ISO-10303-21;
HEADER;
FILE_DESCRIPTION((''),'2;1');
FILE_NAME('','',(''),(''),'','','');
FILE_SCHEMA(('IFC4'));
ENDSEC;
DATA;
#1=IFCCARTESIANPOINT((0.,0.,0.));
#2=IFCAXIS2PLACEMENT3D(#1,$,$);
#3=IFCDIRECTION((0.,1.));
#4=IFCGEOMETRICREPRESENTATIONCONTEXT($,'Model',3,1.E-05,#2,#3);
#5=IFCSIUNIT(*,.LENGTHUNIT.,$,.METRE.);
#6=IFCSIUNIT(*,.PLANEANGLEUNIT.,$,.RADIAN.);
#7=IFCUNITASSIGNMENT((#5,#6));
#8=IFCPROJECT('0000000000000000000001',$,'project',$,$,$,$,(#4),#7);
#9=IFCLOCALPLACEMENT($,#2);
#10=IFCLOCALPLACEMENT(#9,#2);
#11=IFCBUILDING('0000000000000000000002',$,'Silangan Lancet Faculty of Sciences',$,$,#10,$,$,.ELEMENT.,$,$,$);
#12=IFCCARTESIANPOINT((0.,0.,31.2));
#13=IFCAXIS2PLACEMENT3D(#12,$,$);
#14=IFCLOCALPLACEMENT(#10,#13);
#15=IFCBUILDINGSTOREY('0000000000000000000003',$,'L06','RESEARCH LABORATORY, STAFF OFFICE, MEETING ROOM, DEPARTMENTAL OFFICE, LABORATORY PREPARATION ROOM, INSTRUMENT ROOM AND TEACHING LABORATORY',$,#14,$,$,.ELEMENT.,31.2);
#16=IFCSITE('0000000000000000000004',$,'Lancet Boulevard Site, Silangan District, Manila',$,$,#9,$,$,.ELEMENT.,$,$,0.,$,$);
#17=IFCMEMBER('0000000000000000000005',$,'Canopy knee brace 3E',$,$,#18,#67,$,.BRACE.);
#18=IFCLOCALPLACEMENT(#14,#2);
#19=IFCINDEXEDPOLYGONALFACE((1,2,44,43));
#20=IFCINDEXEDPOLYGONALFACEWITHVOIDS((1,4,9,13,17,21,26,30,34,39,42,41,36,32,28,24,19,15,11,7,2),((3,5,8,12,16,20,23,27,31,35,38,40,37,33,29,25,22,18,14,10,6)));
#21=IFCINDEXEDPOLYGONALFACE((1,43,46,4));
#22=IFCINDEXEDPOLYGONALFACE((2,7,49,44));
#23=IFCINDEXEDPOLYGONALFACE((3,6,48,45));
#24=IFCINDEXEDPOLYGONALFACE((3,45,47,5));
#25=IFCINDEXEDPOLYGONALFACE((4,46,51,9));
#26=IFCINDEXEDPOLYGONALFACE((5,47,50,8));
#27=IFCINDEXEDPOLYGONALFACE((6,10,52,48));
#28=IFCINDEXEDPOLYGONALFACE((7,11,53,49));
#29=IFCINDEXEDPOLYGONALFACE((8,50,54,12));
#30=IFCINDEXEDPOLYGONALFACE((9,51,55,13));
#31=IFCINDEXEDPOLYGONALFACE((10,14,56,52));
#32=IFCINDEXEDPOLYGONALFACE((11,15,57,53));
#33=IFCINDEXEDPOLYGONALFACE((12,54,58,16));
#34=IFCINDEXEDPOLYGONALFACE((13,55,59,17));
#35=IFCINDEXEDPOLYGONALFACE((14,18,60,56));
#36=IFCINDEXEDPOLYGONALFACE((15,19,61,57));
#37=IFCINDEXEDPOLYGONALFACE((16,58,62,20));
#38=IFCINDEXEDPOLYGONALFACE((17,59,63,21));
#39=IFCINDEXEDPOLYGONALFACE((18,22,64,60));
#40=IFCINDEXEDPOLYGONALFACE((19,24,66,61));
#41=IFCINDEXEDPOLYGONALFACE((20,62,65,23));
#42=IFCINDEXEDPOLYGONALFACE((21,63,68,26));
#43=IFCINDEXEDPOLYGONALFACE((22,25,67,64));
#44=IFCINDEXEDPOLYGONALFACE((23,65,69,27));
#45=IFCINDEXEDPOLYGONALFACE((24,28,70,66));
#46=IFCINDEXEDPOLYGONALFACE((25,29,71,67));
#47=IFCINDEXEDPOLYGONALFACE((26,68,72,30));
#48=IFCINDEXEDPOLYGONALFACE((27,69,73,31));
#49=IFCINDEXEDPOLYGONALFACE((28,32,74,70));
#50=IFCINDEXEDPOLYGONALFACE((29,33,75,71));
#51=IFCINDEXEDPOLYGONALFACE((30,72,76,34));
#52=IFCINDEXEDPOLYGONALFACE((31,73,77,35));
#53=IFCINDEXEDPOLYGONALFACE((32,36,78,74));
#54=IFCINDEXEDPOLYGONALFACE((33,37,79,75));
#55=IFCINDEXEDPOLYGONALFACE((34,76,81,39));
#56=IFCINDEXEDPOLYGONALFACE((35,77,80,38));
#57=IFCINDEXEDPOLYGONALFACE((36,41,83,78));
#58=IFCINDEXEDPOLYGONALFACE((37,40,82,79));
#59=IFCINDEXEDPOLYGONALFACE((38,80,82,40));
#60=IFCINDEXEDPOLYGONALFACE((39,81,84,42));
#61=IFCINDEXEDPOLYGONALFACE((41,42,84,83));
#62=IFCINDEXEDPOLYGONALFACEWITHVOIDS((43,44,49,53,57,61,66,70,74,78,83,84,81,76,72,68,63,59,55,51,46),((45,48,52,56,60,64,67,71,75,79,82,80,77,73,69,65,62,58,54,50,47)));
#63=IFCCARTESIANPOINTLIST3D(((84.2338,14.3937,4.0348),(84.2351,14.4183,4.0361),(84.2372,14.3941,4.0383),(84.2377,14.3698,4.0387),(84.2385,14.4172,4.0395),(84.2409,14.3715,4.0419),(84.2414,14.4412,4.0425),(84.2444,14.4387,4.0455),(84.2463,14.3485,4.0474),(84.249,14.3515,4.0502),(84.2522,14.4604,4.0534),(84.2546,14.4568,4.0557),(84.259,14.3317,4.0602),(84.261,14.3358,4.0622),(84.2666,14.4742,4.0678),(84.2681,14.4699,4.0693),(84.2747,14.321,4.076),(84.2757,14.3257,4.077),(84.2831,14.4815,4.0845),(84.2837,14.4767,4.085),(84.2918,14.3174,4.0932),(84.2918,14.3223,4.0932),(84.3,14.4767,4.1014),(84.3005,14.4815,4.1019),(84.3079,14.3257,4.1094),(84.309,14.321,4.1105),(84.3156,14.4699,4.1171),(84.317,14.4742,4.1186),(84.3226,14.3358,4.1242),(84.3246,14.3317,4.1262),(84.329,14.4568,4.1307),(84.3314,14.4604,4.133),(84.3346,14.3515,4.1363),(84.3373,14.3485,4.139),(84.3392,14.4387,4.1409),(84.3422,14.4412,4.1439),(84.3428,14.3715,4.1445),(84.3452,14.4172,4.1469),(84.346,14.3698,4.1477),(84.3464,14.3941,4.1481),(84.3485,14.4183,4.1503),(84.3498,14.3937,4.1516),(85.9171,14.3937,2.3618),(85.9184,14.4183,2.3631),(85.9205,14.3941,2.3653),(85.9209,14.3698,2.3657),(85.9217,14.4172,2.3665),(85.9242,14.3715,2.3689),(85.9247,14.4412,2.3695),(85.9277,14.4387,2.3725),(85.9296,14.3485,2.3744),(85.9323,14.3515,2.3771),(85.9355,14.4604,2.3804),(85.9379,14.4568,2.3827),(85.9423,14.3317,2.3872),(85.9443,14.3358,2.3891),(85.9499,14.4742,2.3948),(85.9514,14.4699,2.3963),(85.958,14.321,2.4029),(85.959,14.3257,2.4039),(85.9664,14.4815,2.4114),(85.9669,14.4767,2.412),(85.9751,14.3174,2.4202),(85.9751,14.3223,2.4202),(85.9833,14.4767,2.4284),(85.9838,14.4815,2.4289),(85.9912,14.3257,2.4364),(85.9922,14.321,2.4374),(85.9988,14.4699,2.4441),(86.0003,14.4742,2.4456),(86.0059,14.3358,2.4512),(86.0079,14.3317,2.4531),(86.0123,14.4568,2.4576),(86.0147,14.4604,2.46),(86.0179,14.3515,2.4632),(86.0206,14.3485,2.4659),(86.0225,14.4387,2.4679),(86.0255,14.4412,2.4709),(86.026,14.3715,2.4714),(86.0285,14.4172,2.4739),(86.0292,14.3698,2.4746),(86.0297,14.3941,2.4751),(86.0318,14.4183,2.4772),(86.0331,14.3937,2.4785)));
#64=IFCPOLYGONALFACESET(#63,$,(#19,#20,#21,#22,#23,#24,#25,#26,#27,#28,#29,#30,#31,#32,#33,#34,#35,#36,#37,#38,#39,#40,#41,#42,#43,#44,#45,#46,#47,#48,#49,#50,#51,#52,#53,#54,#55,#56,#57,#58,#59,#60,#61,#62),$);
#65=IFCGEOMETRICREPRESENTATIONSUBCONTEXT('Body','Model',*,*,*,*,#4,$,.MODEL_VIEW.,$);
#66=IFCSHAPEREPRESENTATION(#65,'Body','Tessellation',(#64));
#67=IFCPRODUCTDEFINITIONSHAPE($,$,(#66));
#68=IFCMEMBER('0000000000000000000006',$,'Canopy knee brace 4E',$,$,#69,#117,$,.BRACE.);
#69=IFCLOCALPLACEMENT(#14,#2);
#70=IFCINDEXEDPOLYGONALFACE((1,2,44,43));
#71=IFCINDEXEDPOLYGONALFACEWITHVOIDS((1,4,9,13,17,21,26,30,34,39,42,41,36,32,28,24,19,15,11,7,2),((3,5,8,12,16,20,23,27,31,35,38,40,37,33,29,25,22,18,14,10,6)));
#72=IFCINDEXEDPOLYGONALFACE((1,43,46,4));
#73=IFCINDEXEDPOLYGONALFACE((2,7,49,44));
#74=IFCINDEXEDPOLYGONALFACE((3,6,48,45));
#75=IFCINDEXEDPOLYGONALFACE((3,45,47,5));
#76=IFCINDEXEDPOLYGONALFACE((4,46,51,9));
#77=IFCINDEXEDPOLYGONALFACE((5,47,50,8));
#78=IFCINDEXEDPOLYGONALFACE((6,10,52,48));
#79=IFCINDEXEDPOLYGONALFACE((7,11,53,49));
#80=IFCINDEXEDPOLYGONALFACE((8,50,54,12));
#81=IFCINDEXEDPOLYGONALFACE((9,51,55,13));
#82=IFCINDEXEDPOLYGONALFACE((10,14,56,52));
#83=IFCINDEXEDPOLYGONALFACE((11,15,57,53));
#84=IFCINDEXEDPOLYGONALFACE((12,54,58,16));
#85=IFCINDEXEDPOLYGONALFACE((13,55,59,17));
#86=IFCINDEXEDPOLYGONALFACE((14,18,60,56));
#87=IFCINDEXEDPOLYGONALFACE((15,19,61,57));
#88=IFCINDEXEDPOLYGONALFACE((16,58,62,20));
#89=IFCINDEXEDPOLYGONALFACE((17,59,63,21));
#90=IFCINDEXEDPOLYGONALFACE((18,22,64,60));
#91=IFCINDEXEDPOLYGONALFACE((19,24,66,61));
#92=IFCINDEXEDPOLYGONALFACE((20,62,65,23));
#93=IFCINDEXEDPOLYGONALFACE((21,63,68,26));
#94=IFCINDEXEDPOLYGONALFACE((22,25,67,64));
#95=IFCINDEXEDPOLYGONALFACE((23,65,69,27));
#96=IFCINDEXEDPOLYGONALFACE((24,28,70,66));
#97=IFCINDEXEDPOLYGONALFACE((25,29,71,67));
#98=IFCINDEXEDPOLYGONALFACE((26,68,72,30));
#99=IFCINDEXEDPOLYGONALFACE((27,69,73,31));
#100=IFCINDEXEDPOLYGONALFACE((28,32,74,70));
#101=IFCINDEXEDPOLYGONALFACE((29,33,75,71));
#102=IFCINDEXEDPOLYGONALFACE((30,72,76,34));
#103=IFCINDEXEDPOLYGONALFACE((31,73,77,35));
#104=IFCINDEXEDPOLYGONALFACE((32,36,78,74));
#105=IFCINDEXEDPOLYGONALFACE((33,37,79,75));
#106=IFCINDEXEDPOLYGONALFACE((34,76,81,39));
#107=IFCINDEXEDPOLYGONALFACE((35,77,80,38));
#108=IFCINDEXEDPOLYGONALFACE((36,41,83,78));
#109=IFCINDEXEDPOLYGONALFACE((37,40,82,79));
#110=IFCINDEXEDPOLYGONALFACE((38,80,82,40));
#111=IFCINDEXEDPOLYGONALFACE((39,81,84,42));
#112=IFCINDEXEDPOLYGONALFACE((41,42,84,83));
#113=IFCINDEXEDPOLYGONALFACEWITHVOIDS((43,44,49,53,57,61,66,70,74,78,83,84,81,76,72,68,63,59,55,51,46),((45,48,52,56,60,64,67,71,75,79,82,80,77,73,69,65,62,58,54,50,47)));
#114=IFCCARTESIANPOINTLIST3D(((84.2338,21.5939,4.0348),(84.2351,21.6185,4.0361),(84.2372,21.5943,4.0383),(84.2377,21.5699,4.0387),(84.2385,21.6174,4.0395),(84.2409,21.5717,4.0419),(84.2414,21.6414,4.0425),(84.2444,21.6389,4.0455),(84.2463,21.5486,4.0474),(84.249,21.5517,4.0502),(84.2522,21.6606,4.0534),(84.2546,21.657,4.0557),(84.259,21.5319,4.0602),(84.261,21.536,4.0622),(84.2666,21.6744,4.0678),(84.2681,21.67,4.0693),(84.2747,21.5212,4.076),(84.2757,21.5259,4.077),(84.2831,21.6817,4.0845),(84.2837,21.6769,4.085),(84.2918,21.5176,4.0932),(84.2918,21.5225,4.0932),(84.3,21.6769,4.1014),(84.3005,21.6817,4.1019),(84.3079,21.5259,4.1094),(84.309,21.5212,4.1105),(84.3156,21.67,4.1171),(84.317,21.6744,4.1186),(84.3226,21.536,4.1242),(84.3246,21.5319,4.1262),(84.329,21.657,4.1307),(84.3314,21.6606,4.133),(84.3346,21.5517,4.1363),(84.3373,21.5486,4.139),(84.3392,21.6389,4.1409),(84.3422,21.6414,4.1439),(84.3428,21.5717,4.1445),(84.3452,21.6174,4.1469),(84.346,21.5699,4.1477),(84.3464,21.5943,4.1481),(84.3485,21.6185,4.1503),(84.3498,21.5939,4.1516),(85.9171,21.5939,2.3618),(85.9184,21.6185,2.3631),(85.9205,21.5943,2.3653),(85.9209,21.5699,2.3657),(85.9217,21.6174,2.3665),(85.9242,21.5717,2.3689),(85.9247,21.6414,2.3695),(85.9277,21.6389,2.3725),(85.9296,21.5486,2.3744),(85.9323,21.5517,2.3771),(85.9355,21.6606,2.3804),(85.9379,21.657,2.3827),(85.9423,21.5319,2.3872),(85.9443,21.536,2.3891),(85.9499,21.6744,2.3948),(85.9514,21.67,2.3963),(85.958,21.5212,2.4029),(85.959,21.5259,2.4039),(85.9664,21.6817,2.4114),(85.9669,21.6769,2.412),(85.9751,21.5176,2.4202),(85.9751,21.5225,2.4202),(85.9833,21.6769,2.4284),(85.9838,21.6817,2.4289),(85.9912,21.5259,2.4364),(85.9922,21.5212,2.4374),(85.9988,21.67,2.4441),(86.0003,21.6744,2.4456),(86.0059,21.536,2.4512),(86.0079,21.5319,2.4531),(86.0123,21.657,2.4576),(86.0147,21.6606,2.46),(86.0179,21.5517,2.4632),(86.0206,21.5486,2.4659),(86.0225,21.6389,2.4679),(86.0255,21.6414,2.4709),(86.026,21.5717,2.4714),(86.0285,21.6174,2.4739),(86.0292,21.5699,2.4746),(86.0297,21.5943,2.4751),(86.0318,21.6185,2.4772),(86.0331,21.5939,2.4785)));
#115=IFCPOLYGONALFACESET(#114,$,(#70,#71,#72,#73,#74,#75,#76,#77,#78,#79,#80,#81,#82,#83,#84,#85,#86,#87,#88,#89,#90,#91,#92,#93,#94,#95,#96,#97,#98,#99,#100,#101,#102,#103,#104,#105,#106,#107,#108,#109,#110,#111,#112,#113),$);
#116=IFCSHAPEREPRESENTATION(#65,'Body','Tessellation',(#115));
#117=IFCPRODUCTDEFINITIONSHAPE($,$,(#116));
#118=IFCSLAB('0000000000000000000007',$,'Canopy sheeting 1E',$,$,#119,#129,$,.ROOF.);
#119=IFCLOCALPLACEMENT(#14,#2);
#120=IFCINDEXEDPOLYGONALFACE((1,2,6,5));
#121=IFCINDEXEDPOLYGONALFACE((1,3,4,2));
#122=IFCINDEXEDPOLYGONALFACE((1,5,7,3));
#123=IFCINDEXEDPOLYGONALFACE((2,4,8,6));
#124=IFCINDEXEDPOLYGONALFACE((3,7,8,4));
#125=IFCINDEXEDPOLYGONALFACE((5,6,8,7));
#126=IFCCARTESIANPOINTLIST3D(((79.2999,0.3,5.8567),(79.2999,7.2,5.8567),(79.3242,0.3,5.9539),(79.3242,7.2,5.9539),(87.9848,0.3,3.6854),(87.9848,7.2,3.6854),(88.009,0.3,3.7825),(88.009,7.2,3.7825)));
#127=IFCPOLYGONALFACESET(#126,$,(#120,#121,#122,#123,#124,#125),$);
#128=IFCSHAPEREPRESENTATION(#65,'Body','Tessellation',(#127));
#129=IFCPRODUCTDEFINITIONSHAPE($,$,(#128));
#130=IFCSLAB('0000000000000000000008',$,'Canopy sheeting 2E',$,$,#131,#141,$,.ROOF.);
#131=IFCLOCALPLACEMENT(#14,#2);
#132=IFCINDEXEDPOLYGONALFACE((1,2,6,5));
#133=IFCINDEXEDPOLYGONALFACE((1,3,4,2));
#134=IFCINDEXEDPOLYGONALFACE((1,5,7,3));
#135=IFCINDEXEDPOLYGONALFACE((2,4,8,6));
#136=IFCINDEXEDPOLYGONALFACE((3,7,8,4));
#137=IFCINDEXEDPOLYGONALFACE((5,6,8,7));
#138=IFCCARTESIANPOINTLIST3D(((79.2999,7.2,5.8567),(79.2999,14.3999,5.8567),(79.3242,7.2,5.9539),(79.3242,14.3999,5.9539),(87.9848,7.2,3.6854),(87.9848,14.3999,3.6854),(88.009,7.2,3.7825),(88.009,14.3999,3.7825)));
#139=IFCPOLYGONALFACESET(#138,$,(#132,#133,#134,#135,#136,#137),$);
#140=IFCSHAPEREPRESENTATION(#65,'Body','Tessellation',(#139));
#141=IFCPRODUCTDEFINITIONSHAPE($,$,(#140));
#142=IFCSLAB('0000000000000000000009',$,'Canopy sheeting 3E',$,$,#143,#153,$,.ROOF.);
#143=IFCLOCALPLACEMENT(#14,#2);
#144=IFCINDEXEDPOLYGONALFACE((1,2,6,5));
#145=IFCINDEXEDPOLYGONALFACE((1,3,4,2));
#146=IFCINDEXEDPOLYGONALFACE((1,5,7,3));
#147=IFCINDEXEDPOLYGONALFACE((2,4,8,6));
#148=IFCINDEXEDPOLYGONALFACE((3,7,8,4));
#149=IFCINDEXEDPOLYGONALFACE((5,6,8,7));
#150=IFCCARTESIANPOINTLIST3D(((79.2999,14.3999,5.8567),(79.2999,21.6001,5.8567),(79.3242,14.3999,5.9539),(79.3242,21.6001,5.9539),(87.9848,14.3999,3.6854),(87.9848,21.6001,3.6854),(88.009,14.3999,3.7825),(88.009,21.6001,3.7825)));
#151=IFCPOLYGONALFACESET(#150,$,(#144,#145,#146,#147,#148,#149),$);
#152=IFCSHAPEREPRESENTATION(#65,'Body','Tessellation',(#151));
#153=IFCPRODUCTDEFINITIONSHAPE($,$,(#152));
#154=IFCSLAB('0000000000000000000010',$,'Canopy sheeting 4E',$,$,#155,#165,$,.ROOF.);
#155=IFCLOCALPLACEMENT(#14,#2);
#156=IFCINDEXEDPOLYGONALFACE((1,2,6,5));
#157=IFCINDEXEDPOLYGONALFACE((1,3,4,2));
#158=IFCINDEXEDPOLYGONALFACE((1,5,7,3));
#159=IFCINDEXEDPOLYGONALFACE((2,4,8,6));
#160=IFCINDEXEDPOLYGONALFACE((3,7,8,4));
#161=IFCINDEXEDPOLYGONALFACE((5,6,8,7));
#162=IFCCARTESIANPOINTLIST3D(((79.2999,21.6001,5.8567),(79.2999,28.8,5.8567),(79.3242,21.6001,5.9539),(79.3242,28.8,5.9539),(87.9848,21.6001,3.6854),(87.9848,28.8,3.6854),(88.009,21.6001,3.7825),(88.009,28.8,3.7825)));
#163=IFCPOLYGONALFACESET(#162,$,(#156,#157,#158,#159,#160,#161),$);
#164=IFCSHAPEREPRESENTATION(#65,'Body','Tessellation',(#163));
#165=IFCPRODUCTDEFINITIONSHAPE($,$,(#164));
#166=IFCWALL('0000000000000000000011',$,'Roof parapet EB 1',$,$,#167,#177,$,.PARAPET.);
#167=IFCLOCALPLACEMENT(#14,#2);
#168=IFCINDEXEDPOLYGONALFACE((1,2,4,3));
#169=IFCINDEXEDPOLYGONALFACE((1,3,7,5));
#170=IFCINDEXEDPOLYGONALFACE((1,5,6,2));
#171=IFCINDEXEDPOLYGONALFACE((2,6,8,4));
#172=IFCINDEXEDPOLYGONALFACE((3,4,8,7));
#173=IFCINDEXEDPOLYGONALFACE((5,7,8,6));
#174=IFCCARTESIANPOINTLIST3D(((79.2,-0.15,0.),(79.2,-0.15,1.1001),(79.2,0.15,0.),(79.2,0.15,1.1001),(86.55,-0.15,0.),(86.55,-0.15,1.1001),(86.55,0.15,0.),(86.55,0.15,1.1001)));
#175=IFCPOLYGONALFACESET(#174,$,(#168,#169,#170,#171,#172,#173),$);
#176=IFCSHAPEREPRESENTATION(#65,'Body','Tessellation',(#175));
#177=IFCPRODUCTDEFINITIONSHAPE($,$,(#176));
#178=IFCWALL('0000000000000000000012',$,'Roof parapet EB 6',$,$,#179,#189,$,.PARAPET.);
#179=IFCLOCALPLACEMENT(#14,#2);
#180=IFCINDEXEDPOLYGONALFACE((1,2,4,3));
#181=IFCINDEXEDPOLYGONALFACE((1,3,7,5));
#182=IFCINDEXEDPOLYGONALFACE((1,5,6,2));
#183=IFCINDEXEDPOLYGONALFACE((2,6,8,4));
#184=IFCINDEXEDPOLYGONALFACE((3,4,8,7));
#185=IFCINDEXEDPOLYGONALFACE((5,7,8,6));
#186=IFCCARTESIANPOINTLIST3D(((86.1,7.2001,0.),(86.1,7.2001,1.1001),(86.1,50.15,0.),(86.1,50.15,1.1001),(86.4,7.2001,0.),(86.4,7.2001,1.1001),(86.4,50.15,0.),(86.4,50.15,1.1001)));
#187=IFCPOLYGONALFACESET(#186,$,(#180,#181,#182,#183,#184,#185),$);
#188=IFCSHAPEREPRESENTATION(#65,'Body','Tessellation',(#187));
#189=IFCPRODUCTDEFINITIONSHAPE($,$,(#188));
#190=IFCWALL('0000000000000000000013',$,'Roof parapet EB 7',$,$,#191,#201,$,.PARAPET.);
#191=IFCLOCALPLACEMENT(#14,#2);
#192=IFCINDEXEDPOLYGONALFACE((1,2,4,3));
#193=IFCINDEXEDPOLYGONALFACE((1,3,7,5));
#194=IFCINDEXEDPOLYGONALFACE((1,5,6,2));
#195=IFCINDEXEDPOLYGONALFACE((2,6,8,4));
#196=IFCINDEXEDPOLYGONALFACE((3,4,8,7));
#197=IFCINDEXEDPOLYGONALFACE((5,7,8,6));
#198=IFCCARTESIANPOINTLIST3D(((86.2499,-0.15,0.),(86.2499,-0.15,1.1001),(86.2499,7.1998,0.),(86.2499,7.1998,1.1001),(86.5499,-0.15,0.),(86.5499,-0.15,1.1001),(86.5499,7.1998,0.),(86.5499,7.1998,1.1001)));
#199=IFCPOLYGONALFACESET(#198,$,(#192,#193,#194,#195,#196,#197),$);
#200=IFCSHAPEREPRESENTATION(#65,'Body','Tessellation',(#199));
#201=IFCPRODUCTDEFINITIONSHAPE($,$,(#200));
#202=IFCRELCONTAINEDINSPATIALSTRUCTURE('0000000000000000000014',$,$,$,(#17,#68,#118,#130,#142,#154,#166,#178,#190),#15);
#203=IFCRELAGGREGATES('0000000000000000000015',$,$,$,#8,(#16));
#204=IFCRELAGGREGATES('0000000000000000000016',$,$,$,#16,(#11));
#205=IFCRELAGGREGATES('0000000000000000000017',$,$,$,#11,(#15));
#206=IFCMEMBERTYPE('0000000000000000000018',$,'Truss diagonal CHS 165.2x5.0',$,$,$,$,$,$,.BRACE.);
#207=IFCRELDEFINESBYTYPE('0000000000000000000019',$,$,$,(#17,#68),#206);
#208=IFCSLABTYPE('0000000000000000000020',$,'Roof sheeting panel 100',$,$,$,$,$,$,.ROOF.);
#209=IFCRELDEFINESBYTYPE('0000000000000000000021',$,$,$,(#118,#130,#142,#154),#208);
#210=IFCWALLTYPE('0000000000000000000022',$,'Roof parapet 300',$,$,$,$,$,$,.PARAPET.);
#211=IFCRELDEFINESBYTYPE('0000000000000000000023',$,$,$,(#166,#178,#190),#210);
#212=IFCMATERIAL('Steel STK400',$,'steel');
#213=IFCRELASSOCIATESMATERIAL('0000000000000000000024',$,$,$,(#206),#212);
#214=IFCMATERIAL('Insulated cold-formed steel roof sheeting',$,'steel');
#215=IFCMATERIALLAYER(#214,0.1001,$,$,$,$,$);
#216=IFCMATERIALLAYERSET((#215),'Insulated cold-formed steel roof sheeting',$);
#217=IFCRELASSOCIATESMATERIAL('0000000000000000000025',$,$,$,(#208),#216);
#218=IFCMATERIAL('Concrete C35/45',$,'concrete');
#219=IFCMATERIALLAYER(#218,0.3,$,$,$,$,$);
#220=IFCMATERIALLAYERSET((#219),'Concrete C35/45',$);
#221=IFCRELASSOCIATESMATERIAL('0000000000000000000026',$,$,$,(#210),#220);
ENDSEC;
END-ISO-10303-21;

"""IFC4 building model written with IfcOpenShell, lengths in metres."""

from ifc_helpers import new_model, si_unit, direction, frame, frame_2d, origin, origin_2d, place, context, subcontext, project, spatial, polyline, rectangle, hollow_circle, outline, extrude, material, layer, layer_set, material_profile, profile_set, type_object, element, save


model = new_model("IFC4")

# Units and contexts
model_context = context("Model", 3, precision=1e-05, world=origin(), true_north=direction((0.0, 1.0)))
body_context = subcontext(model_context, "Body", "Model", "MODEL_VIEW")
ifc_project = project(units=[si_unit("LENGTHUNIT", "METRE"), si_unit("PLANEANGLEUNIT", "RADIAN")], contexts=[model_context])

# Site, building, storey
site_placement = place(None, origin())
site = spatial("IfcSite", under=ifc_project, at=site_placement, Name="Lancet Boulevard Site, Silangan District, Manila", CompositionType="ELEMENT", RefElevation=0.0)
building_placement = place(site_placement, origin())
building = spatial("IfcBuilding", under=site, at=building_placement, Name="Silangan Lancet Faculty of Sciences", CompositionType="ELEMENT")
storey_placement = place(building_placement, frame((0.0, 0.0, 31.2)))
storey = spatial("IfcBuildingStorey", under=building, at=storey_placement, Name="L06", Description="RESEARCH LABORATORY, STAFF OFFICE, MEETING ROOM, DEPARTMENTAL OFFICE, LABORATORY PREPARATION ROOM, INSTRUMENT ROOM AND TEACHING LABORATORY", CompositionType="ELEMENT", Elevation=31.2)

# Members
ifc_material_1 = material(Name="Steel STK400", Category="steel")
ifc_material_profile_1 = material_profile(ifc_material_1, hollow_circle(Radius=0.0825, WallThickness=0.0049, at=origin_2d()), Name="CHS 165.2x5.0")
ifc_profile_set_1 = profile_set([ifc_material_profile_1], Name="Steel STK400")
member_type_1 = type_object("IfcMemberType", Name="Truss diagonal CHS 165.2x5.0", PredefinedType="BRACE", material=ifc_profile_set_1)
for number, where, z_axis, x_axis, name in (
    (1, (85.9751, 14.3999, 2.4202), (-0.709264, 0.0, 0.704943), (0.0, -1.0, 0.0), "Canopy knee brace 3E"),
    (2, (85.9751, 21.6001, 2.4202), (-0.709264, 0.0, 0.704943), (0.0, -1.0, 0.0), "Canopy knee brace 4E"),
):
    element("IfcMember", number, at=place(storey_placement, frame(where, z_axis=z_axis, x_axis=x_axis)), inside=storey, type_object=member_type_1, Name=name, PredefinedType="BRACE", context=body_context, shape_type="SweptSolid", body=[
        extrude(hollow_circle(Radius=0.0825, WallThickness=0.0049, at=origin_2d()), origin(), (0.0, 0.0, 1.0), 2.3733),
    ])

# Slabs
ifc_material_2 = material(Name="Insulated cold-formed steel roof sheeting", Category="steel")
ifc_layer_1 = layer(ifc_material_2, 0.1001)
ifc_layer_set_1 = layer_set([ifc_layer_1], Name="Insulated cold-formed steel roof sheeting")
slab_type = type_object("IfcSlabType", Name="Roof sheeting panel 100", PredefinedType="ROOF", material=ifc_layer_set_1)
slab_1_placement = place(storey_placement, frame((79.3242, 0.3, 5.9539), z_axis=(0.242555, 0.0, 0.970138), x_axis=(0.0, 1.0, 0.0)))
element("IfcSlab", 3, at=slab_1_placement, inside=storey, type_object=slab_type, Name="Canopy sheeting 1E", PredefinedType="ROOF", context=body_context, shape_type="SweptSolid", body=[
    extrude(outline(polyline([(0.0, 0.0), (6.8999, 0.0), (6.8999, -8.9521), (0.0, -8.9521), (0.0, 0.0)])), origin(), (0.0, 0.0, -1.0), 0.1001),
])
slab_2_placement = place(storey_placement, frame((79.3242, 7.2, 5.9539), z_axis=(0.242555, 0.0, 0.970138), x_axis=(0.0, 1.0, 0.0)))
element("IfcSlab", 4, at=slab_2_placement, inside=storey, type_object=slab_type, Name="Canopy sheeting 2E", PredefinedType="ROOF", context=body_context, shape_type="SweptSolid", body=[
    extrude(outline(polyline([(0.0, 0.0), (7.2, 0.0), (7.2, -8.9521), (0.0, -8.9521), (0.0, 0.0)])), origin(), (0.0, 0.0, -1.0), 0.1001),
])
slab_3_placement = place(storey_placement, frame((79.3242, 14.3999, 5.9539), z_axis=(0.242555, 0.0, 0.970138), x_axis=(0.0, 1.0, 0.0)))
element("IfcSlab", 5, at=slab_3_placement, inside=storey, type_object=slab_type, Name="Canopy sheeting 3E", PredefinedType="ROOF", context=body_context, shape_type="SweptSolid", body=[
    extrude(outline(polyline([(0.0, 0.0), (7.2002, 0.0), (7.2002, -8.9521), (0.0, -8.9521), (0.0, 0.0)])), origin(), (0.0, 0.0, -1.0), 0.1001),
])
slab_4_placement = place(storey_placement, frame((79.3242, 21.6001, 5.9539), z_axis=(0.242555, 0.0, 0.970138), x_axis=(0.0, 1.0, 0.0)))
element("IfcSlab", 6, at=slab_4_placement, inside=storey, type_object=slab_type, Name="Canopy sheeting 4E", PredefinedType="ROOF", context=body_context, shape_type="SweptSolid", body=[
    extrude(outline(polyline([(0.0, 0.0), (7.2, 0.0), (7.2, -8.9521), (0.0, -8.9521), (0.0, 0.0)])), origin(), (0.0, 0.0, -1.0), 0.1001),
])

# Walls
ifc_material_3 = material(Name="Concrete C35/45", Category="concrete")
ifc_layer_2 = layer(ifc_material_3, 0.3)
ifc_layer_set_2 = layer_set([ifc_layer_2], Name="Concrete C35/45")
wall_type = type_object("IfcWallType", Name="Roof parapet 300", PredefinedType="PARAPET", material=ifc_layer_set_2)
wall_1_placement = place(storey_placement, frame((79.2, 0.0, 0.0), z_axis=(0.0, 0.0, 1.0), x_axis=(1.0, 0.0, 0.0)))
element("IfcWall", 7, at=wall_1_placement, inside=storey, type_object=wall_type, Name="Roof parapet EB 1", PredefinedType="PARAPET", context=body_context, shape_type="SweptSolid", body=[
    extrude(rectangle(XDim=7.3501, YDim=0.3, at=frame_2d((3.675, 0.0))), origin(), (0.0, 0.0, 1.0), 1.1001),
])
wall_2_placement = place(storey_placement, frame((86.25, 7.2, 0.0), z_axis=(0.0, 0.0, 1.0), x_axis=(0.0, 1.0, 0.0)))
element("IfcWall", 8, at=wall_2_placement, inside=storey, type_object=wall_type, Name="Roof parapet EB 6", PredefinedType="PARAPET", context=body_context, shape_type="SweptSolid", body=[
    extrude(rectangle(XDim=42.95, YDim=0.3, at=frame_2d((21.4751, 0.0))), origin(), (0.0, 0.0, 1.0), 1.1001),
])
wall_3_placement = place(storey_placement, frame((86.3999, -0.1499, 0.0), z_axis=(0.0, 0.0, 1.0), x_axis=(0.0, 1.0, 0.0)))
element("IfcWall", 9, at=wall_3_placement, inside=storey, type_object=wall_type, Name="Roof parapet EB 7", PredefinedType="PARAPET", context=body_context, shape_type="SweptSolid", body=[
    extrude(rectangle(XDim=7.3499, YDim=0.3, at=frame_2d((3.6748, 0.0))), origin(), (0.0, 0.0, 1.0), 1.1001),
])

save(model, "model.ifc")
